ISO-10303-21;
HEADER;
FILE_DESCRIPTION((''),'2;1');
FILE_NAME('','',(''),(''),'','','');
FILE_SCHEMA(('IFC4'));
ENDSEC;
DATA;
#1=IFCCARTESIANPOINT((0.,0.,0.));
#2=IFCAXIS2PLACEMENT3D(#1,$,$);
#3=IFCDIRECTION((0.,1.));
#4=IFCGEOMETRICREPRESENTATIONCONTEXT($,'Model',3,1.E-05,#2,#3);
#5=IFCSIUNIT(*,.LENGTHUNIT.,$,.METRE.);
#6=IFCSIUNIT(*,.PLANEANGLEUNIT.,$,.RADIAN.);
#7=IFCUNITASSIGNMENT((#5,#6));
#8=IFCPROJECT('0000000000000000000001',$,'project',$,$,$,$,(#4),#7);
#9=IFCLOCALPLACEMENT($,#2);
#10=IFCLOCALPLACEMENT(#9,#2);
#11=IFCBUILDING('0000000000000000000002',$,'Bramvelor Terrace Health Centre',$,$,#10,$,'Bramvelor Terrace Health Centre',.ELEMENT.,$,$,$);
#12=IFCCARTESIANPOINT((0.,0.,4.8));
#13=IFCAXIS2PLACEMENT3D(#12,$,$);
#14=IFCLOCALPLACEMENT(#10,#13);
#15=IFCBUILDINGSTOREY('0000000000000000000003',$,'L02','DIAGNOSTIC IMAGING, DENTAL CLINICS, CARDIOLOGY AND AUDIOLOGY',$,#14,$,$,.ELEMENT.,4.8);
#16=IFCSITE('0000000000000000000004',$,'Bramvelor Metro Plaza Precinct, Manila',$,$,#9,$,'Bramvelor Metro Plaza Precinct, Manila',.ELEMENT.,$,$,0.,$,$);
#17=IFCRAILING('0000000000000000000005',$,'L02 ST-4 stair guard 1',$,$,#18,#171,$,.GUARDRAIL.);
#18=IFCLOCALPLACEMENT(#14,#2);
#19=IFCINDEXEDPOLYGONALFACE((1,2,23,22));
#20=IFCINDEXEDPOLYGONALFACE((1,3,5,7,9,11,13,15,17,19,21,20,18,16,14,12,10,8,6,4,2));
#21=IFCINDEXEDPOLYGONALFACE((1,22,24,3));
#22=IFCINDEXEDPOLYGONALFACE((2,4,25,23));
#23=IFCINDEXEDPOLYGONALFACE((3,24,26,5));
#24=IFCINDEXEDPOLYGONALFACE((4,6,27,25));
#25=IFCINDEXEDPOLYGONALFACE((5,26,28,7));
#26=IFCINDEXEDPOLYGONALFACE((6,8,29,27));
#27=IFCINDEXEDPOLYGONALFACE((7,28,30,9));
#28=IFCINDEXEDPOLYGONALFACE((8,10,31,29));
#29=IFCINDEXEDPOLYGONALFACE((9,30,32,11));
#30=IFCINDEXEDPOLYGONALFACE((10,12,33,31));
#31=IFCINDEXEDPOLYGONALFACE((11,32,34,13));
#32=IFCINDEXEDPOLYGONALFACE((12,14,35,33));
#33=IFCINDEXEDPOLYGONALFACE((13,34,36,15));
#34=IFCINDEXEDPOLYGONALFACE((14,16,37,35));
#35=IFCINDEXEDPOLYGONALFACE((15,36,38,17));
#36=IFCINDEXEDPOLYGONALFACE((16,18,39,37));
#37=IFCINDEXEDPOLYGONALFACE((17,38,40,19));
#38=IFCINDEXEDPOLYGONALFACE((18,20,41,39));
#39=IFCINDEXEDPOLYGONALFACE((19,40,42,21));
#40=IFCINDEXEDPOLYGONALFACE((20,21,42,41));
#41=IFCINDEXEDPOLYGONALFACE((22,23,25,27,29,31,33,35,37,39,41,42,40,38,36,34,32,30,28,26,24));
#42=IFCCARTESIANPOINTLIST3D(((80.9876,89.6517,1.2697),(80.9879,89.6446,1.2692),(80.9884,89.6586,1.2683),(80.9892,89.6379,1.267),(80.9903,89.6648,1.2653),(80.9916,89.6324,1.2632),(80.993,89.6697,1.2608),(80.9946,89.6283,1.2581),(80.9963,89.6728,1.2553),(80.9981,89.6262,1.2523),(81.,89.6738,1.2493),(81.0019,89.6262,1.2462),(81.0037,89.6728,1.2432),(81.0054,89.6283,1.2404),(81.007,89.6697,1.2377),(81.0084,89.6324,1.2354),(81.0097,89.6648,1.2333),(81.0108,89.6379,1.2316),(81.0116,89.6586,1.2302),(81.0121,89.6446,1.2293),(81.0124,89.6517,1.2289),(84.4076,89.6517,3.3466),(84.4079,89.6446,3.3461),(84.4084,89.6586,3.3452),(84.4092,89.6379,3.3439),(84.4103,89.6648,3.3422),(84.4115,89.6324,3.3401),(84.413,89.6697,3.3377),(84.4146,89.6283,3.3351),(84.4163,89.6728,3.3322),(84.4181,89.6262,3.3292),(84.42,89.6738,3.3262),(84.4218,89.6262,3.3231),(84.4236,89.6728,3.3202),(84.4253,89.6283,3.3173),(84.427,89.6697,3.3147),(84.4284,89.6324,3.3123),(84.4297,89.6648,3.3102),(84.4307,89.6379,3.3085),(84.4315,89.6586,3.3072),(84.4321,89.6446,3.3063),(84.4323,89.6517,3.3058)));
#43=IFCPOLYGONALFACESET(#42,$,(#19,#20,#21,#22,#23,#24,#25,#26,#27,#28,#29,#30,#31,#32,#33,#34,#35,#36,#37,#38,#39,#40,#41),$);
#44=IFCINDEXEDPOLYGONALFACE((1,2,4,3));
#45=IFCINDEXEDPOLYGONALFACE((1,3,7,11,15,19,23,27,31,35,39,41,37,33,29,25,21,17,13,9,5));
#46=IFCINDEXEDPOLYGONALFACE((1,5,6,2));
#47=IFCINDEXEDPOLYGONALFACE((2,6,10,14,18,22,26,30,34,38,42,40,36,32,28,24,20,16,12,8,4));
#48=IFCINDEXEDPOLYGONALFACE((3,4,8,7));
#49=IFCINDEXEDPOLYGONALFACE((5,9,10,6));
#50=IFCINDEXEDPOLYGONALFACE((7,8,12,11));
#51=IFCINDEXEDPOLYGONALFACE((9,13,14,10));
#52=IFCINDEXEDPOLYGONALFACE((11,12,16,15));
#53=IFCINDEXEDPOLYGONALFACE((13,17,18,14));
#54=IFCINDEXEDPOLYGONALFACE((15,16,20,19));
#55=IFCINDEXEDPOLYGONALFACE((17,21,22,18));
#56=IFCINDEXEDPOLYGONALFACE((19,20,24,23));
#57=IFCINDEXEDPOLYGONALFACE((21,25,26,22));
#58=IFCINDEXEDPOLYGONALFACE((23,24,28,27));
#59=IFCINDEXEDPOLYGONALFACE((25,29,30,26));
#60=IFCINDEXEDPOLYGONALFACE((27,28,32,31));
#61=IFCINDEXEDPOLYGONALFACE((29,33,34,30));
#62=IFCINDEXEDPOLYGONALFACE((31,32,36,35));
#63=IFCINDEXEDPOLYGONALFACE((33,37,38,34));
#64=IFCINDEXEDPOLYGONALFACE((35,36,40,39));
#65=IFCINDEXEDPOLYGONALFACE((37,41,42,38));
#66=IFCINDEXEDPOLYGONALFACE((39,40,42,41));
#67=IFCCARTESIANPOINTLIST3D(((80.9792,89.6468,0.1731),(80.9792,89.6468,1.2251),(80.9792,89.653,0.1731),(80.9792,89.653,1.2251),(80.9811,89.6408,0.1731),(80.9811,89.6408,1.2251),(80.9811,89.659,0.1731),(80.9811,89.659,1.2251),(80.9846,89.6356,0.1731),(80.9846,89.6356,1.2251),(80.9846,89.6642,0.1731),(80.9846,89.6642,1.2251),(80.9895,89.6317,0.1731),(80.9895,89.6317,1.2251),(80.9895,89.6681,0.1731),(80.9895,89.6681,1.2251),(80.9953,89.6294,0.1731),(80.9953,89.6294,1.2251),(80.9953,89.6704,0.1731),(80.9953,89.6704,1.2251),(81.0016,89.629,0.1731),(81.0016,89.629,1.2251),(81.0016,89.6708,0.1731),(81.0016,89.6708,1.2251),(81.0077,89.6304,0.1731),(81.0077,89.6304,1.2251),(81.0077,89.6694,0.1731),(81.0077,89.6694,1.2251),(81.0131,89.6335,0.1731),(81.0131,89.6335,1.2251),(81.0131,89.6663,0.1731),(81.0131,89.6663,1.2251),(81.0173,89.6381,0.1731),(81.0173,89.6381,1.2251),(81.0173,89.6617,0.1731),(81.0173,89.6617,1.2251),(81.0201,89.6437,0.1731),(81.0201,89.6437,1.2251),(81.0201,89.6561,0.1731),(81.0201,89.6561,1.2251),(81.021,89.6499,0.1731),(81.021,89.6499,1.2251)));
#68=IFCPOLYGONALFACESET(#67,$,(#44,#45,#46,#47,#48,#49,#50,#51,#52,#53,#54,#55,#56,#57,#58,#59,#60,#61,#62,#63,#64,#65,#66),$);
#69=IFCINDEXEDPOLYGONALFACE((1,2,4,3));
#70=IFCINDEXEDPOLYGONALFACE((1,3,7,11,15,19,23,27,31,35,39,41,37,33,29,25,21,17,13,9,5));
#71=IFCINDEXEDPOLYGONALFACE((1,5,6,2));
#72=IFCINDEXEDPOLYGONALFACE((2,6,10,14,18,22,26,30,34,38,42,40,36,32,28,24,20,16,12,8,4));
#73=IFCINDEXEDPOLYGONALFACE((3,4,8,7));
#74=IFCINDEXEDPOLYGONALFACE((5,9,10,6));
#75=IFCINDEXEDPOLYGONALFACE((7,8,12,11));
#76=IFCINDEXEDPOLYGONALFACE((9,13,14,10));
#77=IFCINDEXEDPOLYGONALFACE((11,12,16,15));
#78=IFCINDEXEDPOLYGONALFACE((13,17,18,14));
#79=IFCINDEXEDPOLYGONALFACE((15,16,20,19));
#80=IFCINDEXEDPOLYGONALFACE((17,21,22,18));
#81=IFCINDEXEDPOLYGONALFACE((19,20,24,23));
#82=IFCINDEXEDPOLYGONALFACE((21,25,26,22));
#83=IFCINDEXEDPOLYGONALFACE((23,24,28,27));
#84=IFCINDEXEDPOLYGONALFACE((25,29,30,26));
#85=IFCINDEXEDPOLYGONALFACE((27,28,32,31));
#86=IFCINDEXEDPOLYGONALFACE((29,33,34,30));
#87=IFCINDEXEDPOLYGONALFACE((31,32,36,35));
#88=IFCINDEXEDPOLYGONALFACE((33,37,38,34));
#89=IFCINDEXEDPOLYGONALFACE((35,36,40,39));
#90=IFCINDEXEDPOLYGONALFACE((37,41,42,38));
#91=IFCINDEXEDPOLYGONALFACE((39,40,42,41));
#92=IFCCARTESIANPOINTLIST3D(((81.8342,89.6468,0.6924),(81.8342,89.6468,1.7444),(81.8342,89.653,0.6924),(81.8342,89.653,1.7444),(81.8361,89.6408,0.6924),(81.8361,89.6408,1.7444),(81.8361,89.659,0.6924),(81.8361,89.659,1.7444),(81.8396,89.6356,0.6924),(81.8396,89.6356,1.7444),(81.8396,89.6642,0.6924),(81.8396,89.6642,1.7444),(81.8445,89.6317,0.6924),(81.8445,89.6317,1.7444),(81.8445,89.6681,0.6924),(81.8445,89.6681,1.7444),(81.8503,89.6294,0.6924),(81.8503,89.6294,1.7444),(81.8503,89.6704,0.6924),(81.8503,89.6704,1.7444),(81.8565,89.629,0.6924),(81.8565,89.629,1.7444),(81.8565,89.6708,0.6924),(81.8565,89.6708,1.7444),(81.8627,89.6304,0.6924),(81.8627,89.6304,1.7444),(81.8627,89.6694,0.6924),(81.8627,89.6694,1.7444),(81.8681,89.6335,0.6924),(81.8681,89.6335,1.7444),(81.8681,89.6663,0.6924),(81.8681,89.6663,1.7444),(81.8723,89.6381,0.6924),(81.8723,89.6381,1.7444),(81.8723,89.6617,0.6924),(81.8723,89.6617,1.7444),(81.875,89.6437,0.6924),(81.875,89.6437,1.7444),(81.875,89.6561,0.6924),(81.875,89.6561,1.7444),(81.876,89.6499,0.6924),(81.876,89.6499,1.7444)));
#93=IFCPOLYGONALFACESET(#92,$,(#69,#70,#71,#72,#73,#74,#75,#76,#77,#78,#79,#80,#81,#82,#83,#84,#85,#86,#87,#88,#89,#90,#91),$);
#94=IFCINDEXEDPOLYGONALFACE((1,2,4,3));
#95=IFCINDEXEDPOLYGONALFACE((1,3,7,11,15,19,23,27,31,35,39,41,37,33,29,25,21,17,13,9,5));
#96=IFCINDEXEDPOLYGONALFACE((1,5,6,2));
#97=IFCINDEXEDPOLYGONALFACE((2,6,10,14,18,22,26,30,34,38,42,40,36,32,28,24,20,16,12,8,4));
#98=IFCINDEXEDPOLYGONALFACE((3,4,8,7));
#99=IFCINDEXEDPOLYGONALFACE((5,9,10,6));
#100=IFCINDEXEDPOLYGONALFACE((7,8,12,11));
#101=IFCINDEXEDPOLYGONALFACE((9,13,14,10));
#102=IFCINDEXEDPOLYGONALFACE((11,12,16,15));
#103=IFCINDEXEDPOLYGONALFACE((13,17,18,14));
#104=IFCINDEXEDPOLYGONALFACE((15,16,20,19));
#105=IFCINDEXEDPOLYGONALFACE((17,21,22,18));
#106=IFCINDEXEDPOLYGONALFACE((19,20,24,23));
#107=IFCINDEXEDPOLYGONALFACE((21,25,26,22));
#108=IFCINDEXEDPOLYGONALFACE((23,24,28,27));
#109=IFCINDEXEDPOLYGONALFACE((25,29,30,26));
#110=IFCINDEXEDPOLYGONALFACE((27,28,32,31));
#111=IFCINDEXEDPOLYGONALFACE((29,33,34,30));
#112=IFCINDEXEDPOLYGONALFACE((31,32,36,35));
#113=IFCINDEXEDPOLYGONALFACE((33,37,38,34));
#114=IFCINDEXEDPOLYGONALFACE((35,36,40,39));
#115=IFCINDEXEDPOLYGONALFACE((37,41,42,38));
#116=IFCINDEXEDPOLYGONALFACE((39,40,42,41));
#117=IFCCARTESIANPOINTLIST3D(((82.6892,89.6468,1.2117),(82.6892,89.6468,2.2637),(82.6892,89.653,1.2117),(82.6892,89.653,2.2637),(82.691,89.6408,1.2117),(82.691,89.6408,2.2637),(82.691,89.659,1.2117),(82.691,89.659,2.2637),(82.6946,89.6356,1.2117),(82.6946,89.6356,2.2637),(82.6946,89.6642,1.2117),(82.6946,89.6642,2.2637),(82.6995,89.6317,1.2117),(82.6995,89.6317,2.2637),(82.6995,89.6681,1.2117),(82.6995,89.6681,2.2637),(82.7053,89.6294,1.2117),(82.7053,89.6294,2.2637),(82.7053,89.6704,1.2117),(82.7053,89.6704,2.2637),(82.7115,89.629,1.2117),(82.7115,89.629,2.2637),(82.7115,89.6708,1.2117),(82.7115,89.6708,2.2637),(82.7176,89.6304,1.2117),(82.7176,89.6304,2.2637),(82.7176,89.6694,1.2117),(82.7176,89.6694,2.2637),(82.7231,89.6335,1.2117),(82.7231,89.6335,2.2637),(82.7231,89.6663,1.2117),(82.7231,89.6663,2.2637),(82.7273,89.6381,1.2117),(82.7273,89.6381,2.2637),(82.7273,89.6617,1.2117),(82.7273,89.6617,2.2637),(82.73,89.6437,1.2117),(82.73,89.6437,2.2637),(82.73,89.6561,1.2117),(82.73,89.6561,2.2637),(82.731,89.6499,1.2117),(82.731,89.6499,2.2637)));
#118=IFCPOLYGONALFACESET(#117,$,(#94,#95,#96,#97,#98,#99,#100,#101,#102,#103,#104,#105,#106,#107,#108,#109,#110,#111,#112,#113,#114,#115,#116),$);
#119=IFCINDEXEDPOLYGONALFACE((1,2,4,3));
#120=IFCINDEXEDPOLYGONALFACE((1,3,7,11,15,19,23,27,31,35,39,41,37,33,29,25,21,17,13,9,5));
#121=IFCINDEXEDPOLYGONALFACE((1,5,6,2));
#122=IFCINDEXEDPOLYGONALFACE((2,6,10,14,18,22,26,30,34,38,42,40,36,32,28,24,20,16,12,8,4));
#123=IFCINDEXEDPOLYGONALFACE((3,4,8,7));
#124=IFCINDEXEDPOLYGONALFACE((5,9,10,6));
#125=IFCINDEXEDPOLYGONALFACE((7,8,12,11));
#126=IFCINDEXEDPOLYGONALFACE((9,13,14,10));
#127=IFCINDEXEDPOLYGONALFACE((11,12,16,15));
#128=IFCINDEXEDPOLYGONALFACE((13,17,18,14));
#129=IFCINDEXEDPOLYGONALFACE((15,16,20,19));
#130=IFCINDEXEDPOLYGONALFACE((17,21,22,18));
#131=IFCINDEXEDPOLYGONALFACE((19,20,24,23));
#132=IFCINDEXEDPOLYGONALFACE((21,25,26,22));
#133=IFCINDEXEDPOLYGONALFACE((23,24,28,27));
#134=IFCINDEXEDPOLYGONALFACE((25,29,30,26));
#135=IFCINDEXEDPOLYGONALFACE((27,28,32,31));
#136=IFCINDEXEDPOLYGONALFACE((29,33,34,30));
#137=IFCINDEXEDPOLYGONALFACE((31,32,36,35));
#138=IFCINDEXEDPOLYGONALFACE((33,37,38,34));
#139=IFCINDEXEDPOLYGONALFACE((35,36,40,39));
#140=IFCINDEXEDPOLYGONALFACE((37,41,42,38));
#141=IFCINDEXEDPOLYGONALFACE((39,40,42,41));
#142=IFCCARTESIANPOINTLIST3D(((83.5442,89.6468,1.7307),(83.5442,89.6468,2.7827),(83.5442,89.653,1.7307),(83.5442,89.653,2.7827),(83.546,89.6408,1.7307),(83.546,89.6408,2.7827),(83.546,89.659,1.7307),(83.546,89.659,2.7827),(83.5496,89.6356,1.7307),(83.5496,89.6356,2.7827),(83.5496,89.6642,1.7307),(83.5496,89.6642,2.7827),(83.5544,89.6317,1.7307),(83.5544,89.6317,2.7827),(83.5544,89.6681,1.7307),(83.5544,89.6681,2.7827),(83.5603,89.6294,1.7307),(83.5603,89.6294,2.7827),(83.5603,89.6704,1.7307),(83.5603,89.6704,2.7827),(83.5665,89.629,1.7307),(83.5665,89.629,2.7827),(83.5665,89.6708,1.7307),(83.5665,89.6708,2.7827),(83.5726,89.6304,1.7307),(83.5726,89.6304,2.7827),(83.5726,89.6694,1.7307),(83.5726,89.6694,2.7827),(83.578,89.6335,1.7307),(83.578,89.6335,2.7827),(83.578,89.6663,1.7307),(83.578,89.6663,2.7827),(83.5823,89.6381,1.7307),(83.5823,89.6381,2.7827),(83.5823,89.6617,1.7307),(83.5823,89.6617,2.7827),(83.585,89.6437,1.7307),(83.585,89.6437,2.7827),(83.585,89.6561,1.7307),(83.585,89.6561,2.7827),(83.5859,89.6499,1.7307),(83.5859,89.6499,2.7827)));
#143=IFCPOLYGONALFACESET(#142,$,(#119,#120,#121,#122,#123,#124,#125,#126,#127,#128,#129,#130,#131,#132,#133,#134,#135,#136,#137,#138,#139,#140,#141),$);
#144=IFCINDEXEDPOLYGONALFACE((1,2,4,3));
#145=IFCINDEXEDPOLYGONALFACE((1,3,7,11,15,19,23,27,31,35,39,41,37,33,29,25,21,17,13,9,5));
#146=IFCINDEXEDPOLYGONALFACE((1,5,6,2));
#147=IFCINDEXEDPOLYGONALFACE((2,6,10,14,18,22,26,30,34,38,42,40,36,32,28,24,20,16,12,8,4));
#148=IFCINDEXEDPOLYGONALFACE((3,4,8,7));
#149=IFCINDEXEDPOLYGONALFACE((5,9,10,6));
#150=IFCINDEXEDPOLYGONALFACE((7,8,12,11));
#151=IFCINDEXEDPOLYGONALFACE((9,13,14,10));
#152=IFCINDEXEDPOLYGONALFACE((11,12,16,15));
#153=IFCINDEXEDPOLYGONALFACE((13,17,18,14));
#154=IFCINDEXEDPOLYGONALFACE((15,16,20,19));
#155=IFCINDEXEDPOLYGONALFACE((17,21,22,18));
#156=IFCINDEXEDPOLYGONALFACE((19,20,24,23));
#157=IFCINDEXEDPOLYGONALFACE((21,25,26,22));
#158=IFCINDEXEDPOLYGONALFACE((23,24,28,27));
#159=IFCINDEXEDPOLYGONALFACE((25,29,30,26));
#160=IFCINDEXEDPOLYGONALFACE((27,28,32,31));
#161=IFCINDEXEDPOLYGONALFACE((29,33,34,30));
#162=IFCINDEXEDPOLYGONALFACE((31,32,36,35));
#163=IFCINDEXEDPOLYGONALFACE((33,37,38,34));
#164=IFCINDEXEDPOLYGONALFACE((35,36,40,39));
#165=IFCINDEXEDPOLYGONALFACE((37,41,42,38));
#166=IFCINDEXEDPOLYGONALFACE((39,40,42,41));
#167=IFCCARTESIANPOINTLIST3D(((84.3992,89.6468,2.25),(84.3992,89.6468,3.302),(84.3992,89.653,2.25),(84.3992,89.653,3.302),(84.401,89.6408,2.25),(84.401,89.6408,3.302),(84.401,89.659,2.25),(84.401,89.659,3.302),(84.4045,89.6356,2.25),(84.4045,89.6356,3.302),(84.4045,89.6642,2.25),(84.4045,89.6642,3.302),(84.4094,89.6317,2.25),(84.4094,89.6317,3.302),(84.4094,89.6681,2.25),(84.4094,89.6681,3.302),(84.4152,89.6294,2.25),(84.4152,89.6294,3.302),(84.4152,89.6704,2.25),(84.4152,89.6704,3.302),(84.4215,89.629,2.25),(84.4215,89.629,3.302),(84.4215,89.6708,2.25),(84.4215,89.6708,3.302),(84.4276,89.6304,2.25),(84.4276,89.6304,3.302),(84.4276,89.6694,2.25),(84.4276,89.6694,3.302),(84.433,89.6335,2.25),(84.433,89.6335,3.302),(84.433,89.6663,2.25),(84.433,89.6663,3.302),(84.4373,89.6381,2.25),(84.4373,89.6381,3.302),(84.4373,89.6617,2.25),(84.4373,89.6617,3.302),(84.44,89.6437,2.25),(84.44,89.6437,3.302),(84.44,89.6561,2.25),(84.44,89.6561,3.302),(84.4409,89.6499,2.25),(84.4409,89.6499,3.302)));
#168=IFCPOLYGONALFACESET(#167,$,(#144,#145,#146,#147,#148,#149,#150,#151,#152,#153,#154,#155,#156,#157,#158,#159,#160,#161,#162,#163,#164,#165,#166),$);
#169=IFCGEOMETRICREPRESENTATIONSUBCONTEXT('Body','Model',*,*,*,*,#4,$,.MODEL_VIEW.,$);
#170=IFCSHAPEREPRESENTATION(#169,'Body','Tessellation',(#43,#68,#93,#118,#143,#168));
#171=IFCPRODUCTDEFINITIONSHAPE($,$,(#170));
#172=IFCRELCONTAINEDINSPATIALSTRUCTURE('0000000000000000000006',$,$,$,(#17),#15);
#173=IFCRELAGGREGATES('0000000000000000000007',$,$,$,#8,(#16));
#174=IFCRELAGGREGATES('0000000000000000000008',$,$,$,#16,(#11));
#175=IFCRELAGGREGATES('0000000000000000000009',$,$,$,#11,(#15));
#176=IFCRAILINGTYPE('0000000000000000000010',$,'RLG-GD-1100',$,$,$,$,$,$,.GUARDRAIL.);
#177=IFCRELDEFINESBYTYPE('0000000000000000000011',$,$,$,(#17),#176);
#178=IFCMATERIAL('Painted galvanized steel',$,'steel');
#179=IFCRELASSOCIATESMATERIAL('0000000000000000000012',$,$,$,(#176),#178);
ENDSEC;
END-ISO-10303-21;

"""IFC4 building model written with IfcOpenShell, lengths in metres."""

from ifc_helpers import new_model, si_unit, direction, frame, origin, origin_2d, place, context, subcontext, project, spatial, circle, extrude, material, type_object, element, save


model = new_model("IFC4")

# Units and contexts
model_context = context("Model", 3, precision=1e-05, world=origin(), true_north=direction((0.0, 1.0)))
body_context = subcontext(model_context, "Body", "Model", "MODEL_VIEW")
ifc_project = project(units=[si_unit("LENGTHUNIT", "METRE"), si_unit("PLANEANGLEUNIT", "RADIAN")], contexts=[model_context])

# Site, building, storey
site_placement = place(None, origin())
site = spatial("IfcSite", under=ifc_project, at=site_placement, Name="Bramvelor Metro Plaza Precinct, Manila", LongName="Bramvelor Metro Plaza Precinct, Manila", CompositionType="ELEMENT", RefElevation=0.0)
building_placement = place(site_placement, origin())
building = spatial("IfcBuilding", under=site, at=building_placement, Name="Bramvelor Terrace Health Centre", LongName="Bramvelor Terrace Health Centre", CompositionType="ELEMENT")
storey_placement = place(building_placement, frame((0.0, 0.0, 4.8)))
storey = spatial("IfcBuildingStorey", under=building, at=storey_placement, Name="L02", Description="DIAGNOSTIC IMAGING, DENTAL CLINICS, CARDIOLOGY AND AUDIOLOGY", CompositionType="ELEMENT", Elevation=4.8)

# Railing
ifc_material_1 = material(Name="Painted galvanized steel", Category="steel")
railing_type_1 = type_object("IfcRailingType", Name="RLG-GD-1100", PredefinedType="GUARDRAIL", material=ifc_material_1)
railing_1_placement = place(storey_placement, frame((81.0, 89.6499, 0.1731)))
element("IfcRailing", 1, at=railing_1_placement, inside=storey, type_object=railing_type_1, Name="L02 ST-4 stair guard 1", PredefinedType="GUARDRAIL", context=body_context, shape_type="SweptSolid", body=[
    extrude(circle(Radius=0.0239, at=origin_2d()), frame((0.0, 0.0, 1.0762), z_axis=(0.85473, 0.0, 0.519074), x_axis=(0.0, 1.0, 0.0)), (0.0, 0.0, 1.0), 4.0012),
    extrude(circle(Radius=0.021, at=origin_2d()), origin(), (0.0, 0.0, 1.0), 1.052),
    extrude(circle(Radius=0.021, at=origin_2d()), frame((0.855, 0.0, 0.5193)), (0.0, 0.0, 1.0), 1.052),
    extrude(circle(Radius=0.021, at=origin_2d()), frame((1.71, 0.0, 1.0386)), (0.0, 0.0, 1.0), 1.052),
    extrude(circle(Radius=0.021, at=origin_2d()), frame((2.5649, 0.0, 1.5576)), (0.0, 0.0, 1.0), 1.052),
    extrude(circle(Radius=0.021, at=origin_2d()), frame((3.4199, 0.0, 2.0769)), (0.0, 0.0, 1.0), 1.052),
])

save(model, "model.ifc")
